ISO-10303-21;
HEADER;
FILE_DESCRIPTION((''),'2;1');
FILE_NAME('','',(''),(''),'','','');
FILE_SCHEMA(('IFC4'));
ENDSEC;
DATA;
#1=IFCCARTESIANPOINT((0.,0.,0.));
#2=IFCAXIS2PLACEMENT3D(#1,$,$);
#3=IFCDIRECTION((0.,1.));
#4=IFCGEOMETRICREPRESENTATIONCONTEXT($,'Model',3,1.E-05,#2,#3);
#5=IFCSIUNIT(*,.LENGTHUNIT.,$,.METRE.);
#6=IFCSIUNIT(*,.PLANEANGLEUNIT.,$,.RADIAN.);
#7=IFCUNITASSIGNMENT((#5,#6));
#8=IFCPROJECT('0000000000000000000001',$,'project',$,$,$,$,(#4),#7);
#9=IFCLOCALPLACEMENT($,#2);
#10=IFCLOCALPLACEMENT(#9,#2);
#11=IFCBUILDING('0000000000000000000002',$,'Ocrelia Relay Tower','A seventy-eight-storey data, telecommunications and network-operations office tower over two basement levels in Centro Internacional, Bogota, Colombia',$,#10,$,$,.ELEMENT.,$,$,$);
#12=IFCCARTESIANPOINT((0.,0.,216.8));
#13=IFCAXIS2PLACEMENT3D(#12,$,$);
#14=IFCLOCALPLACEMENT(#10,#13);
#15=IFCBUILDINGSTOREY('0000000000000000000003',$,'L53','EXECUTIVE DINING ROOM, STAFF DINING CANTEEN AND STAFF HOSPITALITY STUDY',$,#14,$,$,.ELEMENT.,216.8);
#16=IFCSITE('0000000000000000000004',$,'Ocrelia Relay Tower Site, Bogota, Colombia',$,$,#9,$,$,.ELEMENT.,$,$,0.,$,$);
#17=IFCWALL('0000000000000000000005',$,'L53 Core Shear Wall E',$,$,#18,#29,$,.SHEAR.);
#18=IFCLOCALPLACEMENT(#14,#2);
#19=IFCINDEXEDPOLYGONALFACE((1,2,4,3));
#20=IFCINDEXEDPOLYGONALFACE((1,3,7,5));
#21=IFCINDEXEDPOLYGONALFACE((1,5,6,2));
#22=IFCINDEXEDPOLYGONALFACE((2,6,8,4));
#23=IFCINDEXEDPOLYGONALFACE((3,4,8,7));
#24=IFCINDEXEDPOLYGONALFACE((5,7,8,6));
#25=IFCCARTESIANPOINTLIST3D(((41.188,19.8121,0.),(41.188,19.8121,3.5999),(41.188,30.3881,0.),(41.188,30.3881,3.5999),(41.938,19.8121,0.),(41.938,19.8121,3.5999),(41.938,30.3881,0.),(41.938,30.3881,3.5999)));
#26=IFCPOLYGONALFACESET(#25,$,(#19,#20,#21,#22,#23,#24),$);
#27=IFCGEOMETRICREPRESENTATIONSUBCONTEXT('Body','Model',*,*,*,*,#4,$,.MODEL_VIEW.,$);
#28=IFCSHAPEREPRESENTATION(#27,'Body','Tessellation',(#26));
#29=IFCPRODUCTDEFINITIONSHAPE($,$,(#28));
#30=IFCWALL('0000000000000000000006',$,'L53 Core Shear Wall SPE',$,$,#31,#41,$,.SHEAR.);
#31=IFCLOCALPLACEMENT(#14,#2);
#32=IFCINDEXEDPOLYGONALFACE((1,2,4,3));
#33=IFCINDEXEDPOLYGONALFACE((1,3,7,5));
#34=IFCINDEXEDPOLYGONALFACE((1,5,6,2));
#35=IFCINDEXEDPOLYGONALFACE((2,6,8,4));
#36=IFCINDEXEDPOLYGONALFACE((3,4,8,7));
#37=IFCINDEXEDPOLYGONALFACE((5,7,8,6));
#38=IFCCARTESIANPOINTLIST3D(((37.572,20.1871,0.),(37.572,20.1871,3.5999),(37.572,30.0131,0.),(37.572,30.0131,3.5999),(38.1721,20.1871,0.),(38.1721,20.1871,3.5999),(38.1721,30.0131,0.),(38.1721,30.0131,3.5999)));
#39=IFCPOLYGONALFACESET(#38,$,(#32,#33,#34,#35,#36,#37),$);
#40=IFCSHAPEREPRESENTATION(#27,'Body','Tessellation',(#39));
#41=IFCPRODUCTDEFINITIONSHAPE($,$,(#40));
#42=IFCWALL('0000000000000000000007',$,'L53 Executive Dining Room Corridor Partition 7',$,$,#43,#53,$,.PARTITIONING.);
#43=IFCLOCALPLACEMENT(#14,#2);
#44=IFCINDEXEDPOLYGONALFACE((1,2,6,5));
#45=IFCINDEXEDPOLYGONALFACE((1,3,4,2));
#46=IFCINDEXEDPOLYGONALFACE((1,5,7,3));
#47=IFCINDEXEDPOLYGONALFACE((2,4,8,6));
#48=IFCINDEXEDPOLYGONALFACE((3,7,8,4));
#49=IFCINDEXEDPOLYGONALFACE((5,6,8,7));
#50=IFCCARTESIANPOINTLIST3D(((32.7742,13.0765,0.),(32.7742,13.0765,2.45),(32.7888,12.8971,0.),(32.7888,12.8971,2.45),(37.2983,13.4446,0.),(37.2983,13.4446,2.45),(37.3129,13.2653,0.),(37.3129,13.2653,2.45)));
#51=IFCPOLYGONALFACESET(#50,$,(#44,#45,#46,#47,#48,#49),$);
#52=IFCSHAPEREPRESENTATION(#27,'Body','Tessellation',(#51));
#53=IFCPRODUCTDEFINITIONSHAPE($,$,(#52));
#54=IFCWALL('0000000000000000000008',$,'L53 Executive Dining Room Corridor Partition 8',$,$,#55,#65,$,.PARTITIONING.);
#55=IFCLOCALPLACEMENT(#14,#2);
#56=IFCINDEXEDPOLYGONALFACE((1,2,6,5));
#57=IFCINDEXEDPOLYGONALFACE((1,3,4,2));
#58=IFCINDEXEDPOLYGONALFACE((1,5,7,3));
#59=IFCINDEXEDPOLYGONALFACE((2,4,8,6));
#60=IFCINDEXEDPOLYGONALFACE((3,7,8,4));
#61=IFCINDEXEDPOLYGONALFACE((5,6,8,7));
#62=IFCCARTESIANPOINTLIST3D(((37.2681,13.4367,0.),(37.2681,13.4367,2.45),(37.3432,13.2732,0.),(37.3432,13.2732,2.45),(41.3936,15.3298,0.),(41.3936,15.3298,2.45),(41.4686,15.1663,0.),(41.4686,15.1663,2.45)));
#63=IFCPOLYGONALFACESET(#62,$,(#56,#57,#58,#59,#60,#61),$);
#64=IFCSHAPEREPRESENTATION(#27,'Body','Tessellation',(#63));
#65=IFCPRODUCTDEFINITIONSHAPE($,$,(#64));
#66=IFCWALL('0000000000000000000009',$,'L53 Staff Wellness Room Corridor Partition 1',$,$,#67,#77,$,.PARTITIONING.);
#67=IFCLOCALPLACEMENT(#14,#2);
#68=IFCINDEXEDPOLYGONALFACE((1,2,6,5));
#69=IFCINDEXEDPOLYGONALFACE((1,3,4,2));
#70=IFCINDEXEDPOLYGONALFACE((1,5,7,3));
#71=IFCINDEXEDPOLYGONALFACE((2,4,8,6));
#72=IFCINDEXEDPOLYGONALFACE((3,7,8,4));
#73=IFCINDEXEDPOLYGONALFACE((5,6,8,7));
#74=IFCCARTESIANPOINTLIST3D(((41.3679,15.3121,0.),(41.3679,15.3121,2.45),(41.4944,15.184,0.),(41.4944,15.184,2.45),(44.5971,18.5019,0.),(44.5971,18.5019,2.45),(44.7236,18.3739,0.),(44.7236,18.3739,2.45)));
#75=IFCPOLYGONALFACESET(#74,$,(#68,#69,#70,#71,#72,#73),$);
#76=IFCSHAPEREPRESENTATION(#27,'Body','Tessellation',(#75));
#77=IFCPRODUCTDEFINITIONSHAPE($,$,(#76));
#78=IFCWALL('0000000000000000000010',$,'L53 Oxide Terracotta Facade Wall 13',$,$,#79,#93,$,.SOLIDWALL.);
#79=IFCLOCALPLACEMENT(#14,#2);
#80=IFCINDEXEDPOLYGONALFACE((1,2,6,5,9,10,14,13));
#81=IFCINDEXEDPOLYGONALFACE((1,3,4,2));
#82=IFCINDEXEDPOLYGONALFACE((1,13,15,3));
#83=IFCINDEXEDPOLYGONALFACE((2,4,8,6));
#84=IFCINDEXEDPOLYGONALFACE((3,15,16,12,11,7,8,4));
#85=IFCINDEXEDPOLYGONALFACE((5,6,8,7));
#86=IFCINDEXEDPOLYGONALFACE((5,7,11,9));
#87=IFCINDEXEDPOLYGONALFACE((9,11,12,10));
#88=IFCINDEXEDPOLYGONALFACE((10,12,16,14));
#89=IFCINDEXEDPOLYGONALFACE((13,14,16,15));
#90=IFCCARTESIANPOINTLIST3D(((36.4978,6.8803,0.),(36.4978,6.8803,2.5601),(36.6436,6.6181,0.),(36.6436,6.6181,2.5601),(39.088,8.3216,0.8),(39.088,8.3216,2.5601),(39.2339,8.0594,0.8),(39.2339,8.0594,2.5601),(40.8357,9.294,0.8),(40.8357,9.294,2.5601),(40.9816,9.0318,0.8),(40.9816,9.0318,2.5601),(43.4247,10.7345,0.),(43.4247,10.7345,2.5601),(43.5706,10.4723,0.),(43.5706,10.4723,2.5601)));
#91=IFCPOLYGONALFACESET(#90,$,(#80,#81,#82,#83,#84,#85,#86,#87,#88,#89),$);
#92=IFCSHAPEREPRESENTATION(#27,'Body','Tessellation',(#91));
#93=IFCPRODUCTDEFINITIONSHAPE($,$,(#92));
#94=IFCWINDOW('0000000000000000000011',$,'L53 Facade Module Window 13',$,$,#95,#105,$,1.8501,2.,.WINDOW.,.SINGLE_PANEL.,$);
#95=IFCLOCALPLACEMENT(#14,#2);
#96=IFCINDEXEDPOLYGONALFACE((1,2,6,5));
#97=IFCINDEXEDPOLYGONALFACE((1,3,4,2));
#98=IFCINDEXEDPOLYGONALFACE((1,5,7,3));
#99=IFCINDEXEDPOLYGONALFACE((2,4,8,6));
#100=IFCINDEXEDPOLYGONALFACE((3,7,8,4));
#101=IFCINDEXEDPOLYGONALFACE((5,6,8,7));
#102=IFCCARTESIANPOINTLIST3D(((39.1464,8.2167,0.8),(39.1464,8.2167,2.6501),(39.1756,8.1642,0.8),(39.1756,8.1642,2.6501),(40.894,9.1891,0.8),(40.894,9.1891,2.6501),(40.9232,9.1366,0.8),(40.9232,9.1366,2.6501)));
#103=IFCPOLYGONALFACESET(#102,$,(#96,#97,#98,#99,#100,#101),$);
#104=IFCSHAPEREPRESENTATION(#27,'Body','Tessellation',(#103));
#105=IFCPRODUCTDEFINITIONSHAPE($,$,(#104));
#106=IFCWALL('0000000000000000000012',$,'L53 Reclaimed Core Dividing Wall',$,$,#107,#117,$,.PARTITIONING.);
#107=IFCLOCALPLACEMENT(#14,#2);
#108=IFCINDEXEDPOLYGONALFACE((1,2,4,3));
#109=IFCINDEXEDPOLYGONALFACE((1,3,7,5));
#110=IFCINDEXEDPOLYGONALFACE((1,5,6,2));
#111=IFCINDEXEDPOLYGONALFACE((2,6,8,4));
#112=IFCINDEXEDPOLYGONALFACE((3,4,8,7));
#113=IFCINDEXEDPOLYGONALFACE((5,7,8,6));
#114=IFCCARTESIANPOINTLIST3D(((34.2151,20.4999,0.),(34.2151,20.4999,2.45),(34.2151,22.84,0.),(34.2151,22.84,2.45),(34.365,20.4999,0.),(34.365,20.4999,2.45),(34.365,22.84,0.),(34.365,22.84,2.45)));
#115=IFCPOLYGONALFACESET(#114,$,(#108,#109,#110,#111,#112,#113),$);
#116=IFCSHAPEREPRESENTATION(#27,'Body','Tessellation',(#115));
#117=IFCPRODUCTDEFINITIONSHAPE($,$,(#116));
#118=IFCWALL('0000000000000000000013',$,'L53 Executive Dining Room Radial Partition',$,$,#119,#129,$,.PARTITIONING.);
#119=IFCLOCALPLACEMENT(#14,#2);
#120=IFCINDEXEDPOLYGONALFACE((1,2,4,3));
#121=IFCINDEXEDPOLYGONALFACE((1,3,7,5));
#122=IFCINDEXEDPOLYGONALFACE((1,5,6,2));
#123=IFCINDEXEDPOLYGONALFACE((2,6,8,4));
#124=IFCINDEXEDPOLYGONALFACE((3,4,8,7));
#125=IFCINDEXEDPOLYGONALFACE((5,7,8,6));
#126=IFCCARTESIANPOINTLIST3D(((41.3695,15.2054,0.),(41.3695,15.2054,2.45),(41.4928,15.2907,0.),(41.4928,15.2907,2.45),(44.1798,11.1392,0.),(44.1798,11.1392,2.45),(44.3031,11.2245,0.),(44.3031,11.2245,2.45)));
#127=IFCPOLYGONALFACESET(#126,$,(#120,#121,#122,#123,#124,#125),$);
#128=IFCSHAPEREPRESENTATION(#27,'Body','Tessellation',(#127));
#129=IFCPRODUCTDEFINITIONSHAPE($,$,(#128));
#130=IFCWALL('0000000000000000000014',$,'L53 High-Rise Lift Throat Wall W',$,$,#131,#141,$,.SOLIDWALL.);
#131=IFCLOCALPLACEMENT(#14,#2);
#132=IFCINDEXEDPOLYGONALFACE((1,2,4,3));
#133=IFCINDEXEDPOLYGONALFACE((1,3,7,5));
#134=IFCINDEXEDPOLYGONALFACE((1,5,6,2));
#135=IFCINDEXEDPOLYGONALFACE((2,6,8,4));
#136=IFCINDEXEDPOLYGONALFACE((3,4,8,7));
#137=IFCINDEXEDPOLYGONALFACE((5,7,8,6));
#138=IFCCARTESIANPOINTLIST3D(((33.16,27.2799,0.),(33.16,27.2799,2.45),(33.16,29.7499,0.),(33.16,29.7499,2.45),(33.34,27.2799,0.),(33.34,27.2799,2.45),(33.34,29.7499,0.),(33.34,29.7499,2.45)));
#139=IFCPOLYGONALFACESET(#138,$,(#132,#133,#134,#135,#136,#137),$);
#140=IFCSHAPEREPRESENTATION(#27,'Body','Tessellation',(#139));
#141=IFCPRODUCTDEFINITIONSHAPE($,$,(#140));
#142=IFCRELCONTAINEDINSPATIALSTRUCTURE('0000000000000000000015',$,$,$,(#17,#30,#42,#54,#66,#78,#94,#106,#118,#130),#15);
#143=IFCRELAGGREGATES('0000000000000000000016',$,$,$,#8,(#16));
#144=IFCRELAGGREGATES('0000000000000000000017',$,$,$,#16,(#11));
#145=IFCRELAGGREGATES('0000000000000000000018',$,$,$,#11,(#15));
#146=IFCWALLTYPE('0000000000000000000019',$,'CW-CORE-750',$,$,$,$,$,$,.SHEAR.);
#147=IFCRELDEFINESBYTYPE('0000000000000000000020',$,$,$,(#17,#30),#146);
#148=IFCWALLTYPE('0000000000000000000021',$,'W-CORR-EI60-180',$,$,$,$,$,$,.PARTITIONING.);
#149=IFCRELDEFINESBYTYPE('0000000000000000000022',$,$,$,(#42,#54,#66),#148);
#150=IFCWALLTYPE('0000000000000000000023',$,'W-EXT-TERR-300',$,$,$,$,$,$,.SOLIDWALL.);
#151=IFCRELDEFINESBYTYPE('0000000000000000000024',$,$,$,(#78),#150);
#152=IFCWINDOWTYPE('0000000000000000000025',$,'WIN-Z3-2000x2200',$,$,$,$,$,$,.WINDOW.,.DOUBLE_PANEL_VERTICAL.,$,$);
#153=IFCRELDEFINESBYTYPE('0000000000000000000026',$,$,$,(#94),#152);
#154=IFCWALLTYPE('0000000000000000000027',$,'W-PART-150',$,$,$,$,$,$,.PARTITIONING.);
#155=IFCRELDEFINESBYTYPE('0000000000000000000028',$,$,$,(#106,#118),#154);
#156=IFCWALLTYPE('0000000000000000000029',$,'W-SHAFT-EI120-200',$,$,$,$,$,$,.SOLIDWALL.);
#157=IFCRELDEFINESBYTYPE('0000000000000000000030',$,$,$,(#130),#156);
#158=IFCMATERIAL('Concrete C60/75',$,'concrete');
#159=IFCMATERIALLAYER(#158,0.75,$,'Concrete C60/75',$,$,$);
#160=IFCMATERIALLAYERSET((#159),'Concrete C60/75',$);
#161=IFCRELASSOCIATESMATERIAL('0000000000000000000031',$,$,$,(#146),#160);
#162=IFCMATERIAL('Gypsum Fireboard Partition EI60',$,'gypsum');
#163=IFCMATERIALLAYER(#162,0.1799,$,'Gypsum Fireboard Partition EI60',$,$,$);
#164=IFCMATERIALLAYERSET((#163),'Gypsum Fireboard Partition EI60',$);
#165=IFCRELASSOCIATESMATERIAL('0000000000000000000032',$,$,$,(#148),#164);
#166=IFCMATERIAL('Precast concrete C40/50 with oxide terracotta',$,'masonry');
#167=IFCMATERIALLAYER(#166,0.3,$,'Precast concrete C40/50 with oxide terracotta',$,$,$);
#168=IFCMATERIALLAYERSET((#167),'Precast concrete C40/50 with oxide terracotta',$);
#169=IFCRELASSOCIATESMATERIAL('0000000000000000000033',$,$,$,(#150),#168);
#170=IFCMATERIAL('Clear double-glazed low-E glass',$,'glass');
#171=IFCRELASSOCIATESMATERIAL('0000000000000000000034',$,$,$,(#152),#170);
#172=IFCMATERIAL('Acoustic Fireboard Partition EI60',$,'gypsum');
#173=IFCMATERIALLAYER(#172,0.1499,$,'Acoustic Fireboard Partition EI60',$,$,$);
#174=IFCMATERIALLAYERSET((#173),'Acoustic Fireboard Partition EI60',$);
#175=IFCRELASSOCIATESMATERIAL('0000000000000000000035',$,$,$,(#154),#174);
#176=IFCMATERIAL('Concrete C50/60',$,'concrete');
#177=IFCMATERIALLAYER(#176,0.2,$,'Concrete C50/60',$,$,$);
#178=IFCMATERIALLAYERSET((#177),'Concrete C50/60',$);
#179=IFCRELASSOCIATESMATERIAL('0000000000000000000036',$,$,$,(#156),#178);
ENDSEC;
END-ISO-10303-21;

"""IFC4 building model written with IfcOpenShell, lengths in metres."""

from ifc_helpers import new_model, si_unit, direction, frame, frame_2d, origin, place, context, subcontext, project, spatial, rectangle, extrude, material, layer, layer_set, type_object, element, fill, save


model = new_model("IFC4")

# Units and contexts
model_context = context("Model", 3, precision=1e-05, world=origin(), true_north=direction((0.0, 1.0)))
body_context = subcontext(model_context, "Body", "Model", "MODEL_VIEW")
ifc_project = project(units=[si_unit("LENGTHUNIT", "METRE"), si_unit("PLANEANGLEUNIT", "RADIAN")], contexts=[model_context])

# Site, building, storey
site_placement = place(None, origin())
site = spatial("IfcSite", under=ifc_project, at=site_placement, Name="Ocrelia Relay Tower Site, Bogota, Colombia", CompositionType="ELEMENT", RefElevation=0.0)
building_placement = place(site_placement, origin())
building = spatial("IfcBuilding", under=site, at=building_placement, Name="Ocrelia Relay Tower", Description="A seventy-eight-storey data, telecommunications and network-operations office tower over two basement levels in Centro Internacional, Bogota, Colombia", CompositionType="ELEMENT")
storey_placement = place(building_placement, frame((0.0, 0.0, 216.8)))
storey = spatial("IfcBuildingStorey", under=building, at=storey_placement, Name="L53", Description="EXECUTIVE DINING ROOM, STAFF DINING CANTEEN AND STAFF HOSPITALITY STUDY", CompositionType="ELEMENT", Elevation=216.8)

# Shared definitions
ifc_material_1 = material(Name="Concrete C60/75", Category="concrete")

# Walls
ifc_layer_1 = layer(ifc_material_1, 0.75, Name="Concrete C60/75")
ifc_layer_set_1 = layer_set([ifc_layer_1], Name="Concrete C60/75")
wall_type_1 = type_object("IfcWallType", Name="CW-CORE-750", PredefinedType="SHEAR", material=ifc_layer_set_1)
wall_1_placement = place(storey_placement, frame((41.563, 19.812, 0.0), z_axis=(0.0, 0.0, 1.0), x_axis=(0.0, 1.0, 0.0)))
element("IfcWall", 1, at=wall_1_placement, inside=storey, type_object=wall_type_1, Name="L53 Core Shear Wall E", PredefinedType="SHEAR", context=body_context, shape_type="SweptSolid", body=[
    extrude(rectangle(XDim=10.5759, YDim=0.75, at=frame_2d((5.2881, 0.0))), origin(), (0.0, 0.0, 1.0), 3.5999),
])
wall_2_placement = place(storey_placement, frame((37.8721, 20.187, 0.0), z_axis=(0.0, 0.0, 1.0), x_axis=(0.0, 1.0, 0.0)))
element("IfcWall", 2, at=wall_2_placement, inside=storey, type_object=wall_type_1, Name="L53 Core Shear Wall SPE", PredefinedType="SHEAR", context=body_context, shape_type="SweptSolid", body=[
    extrude(rectangle(XDim=9.8259, YDim=0.6001, at=frame_2d((4.9131, 0.0))), origin(), (0.0, 0.0, 1.0), 3.5999),
])
ifc_material_2 = material(Name="Gypsum Fireboard Partition EI60", Category="gypsum")
ifc_layer_2 = layer(ifc_material_2, 0.1799, Name="Gypsum Fireboard Partition EI60")
ifc_layer_set_2 = layer_set([ifc_layer_2], Name="Gypsum Fireboard Partition EI60")
wall_type_2 = type_object("IfcWallType", Name="W-CORR-EI60-180", PredefinedType="PARTITIONING", material=ifc_layer_set_2)
for number, where, z_axis, x_axis, name in (
    (3, (32.7815, 12.9868, 0.0), (0.0, 0.0, 1.0), (0.996705, 0.081109, 0.0), "L53 Executive Dining Room Corridor Partition 7"),
    (4, (37.3057, 13.355, 0.0), (0.0, 0.0, 1.0), (0.90888, 0.417058, 0.0), "L53 Executive Dining Room Corridor Partition 8"),
    (5, (41.4312, 15.248, 0.0), (0.0, 0.0, 1.0), (0.711423, 0.702764, 0.0), "L53 Staff Wellness Room Corridor Partition 1"),
):
    element("IfcWall", number, at=place(storey_placement, frame(where, z_axis=z_axis, x_axis=x_axis)), inside=storey, type_object=wall_type_2, Name=name, PredefinedType="PARTITIONING", context=body_context, shape_type="SweptSolid", body=[
        extrude(rectangle(XDim=4.5391, YDim=0.1799, at=frame_2d((2.2695, 0.0))), origin(), (0.0, 0.0, 1.0), 2.45),
    ])

# Wall, opening, window
ifc_material_3 = material(Name="Precast concrete C40/50 with oxide terracotta", Category="masonry")
ifc_layer_3 = layer(ifc_material_3, 0.3, Name="Precast concrete C40/50 with oxide terracotta")
ifc_layer_set_3 = layer_set([ifc_layer_3], Name="Precast concrete C40/50 with oxide terracotta")
wall_type_3 = type_object("IfcWallType", Name="W-EXT-TERR-300", PredefinedType="SOLIDWALL", material=ifc_layer_set_3)
wall_3_placement = place(storey_placement, frame((36.5708, 6.7493, 0.0), z_axis=(0.0, 0.0, 1.0), x_axis=(0.87384, 0.486213, 0.0)))
wall_3 = element("IfcWall", 6, at=wall_3_placement, inside=storey, type_object=wall_type_3, Name="L53 Oxide Terracotta Facade Wall 13", PredefinedType="SOLIDWALL", context=body_context, shape_type="SweptSolid", body=[
    extrude(rectangle(XDim=7.927, YDim=0.3, at=frame_2d((3.9634, 0.0))), origin(), (0.0, 0.0, 1.0), 2.5601),
])
opening_1_placement = place(wall_3_placement, frame((2.9641, 0.0, 0.8)))
opening_1 = element("IfcOpeningElement", 7, at=opening_1_placement, cuts=wall_3, PredefinedType="OPENING", context=body_context, shape_type="SweptSolid", body=[
    extrude(rectangle(XDim=2.0, YDim=1.8501, at=frame_2d((1.0, 0.925))), frame((0.0, 0.1602, 0.0), z_axis=(0.0, -1.0, 0.0), x_axis=(1.0, 0.0, 0.0)), (0.0, 0.0, 1.0), 0.3201),
])
ifc_material_4 = material(Name="Clear double-glazed low-E glass", Category="glass")
window_type = type_object("IfcWindowType", Name="WIN-Z3-2000x2200", PartitioningType="DOUBLE_PANEL_VERTICAL", PredefinedType="WINDOW", material=ifc_material_4)
window_placement = place(opening_1_placement, origin())
window = element("IfcWindow", 8, at=window_placement, inside=storey, type_object=window_type, Name="L53 Facade Module Window 13", OverallHeight=1.8501, OverallWidth=2.0, PartitioningType="SINGLE_PANEL", PredefinedType="WINDOW", context=body_context, shape_type="SweptSolid", body=[
    extrude(rectangle(XDim=2.0, YDim=1.8501, at=frame_2d((1.0, 0.925))), frame((0.0, 0.03, 0.0), z_axis=(0.0, -1.0, 0.0), x_axis=(1.0, 0.0, 0.0)), (0.0, 0.0, 1.0), 0.0601),
])
fill(opening_1, window)

# Walls
ifc_material_5 = material(Name="Acoustic Fireboard Partition EI60", Category="gypsum")
ifc_layer_4 = layer(ifc_material_5, 0.1499, Name="Acoustic Fireboard Partition EI60")
ifc_layer_set_4 = layer_set([ifc_layer_4], Name="Acoustic Fireboard Partition EI60")
wall_type_4 = type_object("IfcWallType", Name="W-PART-150", PredefinedType="PARTITIONING", material=ifc_layer_set_4)
wall_4_placement = place(storey_placement, frame((34.29, 20.5, 0.0), z_axis=(0.0, 0.0, 1.0), x_axis=(0.0, 1.0, 0.0)))
element("IfcWall", 9, at=wall_4_placement, inside=storey, type_object=wall_type_4, Name="L53 Reclaimed Core Dividing Wall", PredefinedType="PARTITIONING", context=body_context, shape_type="SweptSolid", body=[
    extrude(rectangle(XDim=2.3401, YDim=0.1499, at=frame_2d((1.1699, 0.0))), origin(), (0.0, 0.0, 1.0), 2.45),
])
wall_5_placement = place(storey_placement, frame((41.4312, 15.248, 0.0), z_axis=(0.0, 0.0, 1.0), x_axis=(0.568563, -0.82264, 0.0)))
element("IfcWall", 10, at=wall_5_placement, inside=storey, type_object=wall_type_4, Name="L53 Executive Dining Room Radial Partition", PredefinedType="PARTITIONING", context=body_context, shape_type="SweptSolid", body=[
    extrude(rectangle(XDim=4.9429, YDim=0.1499, at=frame_2d((2.4714, 0.0))), origin(), (0.0, 0.0, 1.0), 2.45),
])
ifc_material_6 = material(Name="Concrete C50/60", Category="concrete")
ifc_layer_5 = layer(ifc_material_6, 0.2, Name="Concrete C50/60")
ifc_layer_set_5 = layer_set([ifc_layer_5], Name="Concrete C50/60")
wall_type_5 = type_object("IfcWallType", Name="W-SHAFT-EI120-200", PredefinedType="SOLIDWALL", material=ifc_layer_set_5)
wall_6_placement = place(storey_placement, frame((33.25, 27.28, 0.0), z_axis=(0.0, 0.0, 1.0), x_axis=(0.0, 1.0, 0.0)))
element("IfcWall", 11, at=wall_6_placement, inside=storey, type_object=wall_type_5, Name="L53 High-Rise Lift Throat Wall W", PredefinedType="SOLIDWALL", context=body_context, shape_type="SweptSolid", body=[
    extrude(rectangle(XDim=2.47, YDim=0.1799, at=frame_2d((1.2349, 0.0))), origin(), (0.0, 0.0, 1.0), 2.45),
])

save(model, "model.ifc")
